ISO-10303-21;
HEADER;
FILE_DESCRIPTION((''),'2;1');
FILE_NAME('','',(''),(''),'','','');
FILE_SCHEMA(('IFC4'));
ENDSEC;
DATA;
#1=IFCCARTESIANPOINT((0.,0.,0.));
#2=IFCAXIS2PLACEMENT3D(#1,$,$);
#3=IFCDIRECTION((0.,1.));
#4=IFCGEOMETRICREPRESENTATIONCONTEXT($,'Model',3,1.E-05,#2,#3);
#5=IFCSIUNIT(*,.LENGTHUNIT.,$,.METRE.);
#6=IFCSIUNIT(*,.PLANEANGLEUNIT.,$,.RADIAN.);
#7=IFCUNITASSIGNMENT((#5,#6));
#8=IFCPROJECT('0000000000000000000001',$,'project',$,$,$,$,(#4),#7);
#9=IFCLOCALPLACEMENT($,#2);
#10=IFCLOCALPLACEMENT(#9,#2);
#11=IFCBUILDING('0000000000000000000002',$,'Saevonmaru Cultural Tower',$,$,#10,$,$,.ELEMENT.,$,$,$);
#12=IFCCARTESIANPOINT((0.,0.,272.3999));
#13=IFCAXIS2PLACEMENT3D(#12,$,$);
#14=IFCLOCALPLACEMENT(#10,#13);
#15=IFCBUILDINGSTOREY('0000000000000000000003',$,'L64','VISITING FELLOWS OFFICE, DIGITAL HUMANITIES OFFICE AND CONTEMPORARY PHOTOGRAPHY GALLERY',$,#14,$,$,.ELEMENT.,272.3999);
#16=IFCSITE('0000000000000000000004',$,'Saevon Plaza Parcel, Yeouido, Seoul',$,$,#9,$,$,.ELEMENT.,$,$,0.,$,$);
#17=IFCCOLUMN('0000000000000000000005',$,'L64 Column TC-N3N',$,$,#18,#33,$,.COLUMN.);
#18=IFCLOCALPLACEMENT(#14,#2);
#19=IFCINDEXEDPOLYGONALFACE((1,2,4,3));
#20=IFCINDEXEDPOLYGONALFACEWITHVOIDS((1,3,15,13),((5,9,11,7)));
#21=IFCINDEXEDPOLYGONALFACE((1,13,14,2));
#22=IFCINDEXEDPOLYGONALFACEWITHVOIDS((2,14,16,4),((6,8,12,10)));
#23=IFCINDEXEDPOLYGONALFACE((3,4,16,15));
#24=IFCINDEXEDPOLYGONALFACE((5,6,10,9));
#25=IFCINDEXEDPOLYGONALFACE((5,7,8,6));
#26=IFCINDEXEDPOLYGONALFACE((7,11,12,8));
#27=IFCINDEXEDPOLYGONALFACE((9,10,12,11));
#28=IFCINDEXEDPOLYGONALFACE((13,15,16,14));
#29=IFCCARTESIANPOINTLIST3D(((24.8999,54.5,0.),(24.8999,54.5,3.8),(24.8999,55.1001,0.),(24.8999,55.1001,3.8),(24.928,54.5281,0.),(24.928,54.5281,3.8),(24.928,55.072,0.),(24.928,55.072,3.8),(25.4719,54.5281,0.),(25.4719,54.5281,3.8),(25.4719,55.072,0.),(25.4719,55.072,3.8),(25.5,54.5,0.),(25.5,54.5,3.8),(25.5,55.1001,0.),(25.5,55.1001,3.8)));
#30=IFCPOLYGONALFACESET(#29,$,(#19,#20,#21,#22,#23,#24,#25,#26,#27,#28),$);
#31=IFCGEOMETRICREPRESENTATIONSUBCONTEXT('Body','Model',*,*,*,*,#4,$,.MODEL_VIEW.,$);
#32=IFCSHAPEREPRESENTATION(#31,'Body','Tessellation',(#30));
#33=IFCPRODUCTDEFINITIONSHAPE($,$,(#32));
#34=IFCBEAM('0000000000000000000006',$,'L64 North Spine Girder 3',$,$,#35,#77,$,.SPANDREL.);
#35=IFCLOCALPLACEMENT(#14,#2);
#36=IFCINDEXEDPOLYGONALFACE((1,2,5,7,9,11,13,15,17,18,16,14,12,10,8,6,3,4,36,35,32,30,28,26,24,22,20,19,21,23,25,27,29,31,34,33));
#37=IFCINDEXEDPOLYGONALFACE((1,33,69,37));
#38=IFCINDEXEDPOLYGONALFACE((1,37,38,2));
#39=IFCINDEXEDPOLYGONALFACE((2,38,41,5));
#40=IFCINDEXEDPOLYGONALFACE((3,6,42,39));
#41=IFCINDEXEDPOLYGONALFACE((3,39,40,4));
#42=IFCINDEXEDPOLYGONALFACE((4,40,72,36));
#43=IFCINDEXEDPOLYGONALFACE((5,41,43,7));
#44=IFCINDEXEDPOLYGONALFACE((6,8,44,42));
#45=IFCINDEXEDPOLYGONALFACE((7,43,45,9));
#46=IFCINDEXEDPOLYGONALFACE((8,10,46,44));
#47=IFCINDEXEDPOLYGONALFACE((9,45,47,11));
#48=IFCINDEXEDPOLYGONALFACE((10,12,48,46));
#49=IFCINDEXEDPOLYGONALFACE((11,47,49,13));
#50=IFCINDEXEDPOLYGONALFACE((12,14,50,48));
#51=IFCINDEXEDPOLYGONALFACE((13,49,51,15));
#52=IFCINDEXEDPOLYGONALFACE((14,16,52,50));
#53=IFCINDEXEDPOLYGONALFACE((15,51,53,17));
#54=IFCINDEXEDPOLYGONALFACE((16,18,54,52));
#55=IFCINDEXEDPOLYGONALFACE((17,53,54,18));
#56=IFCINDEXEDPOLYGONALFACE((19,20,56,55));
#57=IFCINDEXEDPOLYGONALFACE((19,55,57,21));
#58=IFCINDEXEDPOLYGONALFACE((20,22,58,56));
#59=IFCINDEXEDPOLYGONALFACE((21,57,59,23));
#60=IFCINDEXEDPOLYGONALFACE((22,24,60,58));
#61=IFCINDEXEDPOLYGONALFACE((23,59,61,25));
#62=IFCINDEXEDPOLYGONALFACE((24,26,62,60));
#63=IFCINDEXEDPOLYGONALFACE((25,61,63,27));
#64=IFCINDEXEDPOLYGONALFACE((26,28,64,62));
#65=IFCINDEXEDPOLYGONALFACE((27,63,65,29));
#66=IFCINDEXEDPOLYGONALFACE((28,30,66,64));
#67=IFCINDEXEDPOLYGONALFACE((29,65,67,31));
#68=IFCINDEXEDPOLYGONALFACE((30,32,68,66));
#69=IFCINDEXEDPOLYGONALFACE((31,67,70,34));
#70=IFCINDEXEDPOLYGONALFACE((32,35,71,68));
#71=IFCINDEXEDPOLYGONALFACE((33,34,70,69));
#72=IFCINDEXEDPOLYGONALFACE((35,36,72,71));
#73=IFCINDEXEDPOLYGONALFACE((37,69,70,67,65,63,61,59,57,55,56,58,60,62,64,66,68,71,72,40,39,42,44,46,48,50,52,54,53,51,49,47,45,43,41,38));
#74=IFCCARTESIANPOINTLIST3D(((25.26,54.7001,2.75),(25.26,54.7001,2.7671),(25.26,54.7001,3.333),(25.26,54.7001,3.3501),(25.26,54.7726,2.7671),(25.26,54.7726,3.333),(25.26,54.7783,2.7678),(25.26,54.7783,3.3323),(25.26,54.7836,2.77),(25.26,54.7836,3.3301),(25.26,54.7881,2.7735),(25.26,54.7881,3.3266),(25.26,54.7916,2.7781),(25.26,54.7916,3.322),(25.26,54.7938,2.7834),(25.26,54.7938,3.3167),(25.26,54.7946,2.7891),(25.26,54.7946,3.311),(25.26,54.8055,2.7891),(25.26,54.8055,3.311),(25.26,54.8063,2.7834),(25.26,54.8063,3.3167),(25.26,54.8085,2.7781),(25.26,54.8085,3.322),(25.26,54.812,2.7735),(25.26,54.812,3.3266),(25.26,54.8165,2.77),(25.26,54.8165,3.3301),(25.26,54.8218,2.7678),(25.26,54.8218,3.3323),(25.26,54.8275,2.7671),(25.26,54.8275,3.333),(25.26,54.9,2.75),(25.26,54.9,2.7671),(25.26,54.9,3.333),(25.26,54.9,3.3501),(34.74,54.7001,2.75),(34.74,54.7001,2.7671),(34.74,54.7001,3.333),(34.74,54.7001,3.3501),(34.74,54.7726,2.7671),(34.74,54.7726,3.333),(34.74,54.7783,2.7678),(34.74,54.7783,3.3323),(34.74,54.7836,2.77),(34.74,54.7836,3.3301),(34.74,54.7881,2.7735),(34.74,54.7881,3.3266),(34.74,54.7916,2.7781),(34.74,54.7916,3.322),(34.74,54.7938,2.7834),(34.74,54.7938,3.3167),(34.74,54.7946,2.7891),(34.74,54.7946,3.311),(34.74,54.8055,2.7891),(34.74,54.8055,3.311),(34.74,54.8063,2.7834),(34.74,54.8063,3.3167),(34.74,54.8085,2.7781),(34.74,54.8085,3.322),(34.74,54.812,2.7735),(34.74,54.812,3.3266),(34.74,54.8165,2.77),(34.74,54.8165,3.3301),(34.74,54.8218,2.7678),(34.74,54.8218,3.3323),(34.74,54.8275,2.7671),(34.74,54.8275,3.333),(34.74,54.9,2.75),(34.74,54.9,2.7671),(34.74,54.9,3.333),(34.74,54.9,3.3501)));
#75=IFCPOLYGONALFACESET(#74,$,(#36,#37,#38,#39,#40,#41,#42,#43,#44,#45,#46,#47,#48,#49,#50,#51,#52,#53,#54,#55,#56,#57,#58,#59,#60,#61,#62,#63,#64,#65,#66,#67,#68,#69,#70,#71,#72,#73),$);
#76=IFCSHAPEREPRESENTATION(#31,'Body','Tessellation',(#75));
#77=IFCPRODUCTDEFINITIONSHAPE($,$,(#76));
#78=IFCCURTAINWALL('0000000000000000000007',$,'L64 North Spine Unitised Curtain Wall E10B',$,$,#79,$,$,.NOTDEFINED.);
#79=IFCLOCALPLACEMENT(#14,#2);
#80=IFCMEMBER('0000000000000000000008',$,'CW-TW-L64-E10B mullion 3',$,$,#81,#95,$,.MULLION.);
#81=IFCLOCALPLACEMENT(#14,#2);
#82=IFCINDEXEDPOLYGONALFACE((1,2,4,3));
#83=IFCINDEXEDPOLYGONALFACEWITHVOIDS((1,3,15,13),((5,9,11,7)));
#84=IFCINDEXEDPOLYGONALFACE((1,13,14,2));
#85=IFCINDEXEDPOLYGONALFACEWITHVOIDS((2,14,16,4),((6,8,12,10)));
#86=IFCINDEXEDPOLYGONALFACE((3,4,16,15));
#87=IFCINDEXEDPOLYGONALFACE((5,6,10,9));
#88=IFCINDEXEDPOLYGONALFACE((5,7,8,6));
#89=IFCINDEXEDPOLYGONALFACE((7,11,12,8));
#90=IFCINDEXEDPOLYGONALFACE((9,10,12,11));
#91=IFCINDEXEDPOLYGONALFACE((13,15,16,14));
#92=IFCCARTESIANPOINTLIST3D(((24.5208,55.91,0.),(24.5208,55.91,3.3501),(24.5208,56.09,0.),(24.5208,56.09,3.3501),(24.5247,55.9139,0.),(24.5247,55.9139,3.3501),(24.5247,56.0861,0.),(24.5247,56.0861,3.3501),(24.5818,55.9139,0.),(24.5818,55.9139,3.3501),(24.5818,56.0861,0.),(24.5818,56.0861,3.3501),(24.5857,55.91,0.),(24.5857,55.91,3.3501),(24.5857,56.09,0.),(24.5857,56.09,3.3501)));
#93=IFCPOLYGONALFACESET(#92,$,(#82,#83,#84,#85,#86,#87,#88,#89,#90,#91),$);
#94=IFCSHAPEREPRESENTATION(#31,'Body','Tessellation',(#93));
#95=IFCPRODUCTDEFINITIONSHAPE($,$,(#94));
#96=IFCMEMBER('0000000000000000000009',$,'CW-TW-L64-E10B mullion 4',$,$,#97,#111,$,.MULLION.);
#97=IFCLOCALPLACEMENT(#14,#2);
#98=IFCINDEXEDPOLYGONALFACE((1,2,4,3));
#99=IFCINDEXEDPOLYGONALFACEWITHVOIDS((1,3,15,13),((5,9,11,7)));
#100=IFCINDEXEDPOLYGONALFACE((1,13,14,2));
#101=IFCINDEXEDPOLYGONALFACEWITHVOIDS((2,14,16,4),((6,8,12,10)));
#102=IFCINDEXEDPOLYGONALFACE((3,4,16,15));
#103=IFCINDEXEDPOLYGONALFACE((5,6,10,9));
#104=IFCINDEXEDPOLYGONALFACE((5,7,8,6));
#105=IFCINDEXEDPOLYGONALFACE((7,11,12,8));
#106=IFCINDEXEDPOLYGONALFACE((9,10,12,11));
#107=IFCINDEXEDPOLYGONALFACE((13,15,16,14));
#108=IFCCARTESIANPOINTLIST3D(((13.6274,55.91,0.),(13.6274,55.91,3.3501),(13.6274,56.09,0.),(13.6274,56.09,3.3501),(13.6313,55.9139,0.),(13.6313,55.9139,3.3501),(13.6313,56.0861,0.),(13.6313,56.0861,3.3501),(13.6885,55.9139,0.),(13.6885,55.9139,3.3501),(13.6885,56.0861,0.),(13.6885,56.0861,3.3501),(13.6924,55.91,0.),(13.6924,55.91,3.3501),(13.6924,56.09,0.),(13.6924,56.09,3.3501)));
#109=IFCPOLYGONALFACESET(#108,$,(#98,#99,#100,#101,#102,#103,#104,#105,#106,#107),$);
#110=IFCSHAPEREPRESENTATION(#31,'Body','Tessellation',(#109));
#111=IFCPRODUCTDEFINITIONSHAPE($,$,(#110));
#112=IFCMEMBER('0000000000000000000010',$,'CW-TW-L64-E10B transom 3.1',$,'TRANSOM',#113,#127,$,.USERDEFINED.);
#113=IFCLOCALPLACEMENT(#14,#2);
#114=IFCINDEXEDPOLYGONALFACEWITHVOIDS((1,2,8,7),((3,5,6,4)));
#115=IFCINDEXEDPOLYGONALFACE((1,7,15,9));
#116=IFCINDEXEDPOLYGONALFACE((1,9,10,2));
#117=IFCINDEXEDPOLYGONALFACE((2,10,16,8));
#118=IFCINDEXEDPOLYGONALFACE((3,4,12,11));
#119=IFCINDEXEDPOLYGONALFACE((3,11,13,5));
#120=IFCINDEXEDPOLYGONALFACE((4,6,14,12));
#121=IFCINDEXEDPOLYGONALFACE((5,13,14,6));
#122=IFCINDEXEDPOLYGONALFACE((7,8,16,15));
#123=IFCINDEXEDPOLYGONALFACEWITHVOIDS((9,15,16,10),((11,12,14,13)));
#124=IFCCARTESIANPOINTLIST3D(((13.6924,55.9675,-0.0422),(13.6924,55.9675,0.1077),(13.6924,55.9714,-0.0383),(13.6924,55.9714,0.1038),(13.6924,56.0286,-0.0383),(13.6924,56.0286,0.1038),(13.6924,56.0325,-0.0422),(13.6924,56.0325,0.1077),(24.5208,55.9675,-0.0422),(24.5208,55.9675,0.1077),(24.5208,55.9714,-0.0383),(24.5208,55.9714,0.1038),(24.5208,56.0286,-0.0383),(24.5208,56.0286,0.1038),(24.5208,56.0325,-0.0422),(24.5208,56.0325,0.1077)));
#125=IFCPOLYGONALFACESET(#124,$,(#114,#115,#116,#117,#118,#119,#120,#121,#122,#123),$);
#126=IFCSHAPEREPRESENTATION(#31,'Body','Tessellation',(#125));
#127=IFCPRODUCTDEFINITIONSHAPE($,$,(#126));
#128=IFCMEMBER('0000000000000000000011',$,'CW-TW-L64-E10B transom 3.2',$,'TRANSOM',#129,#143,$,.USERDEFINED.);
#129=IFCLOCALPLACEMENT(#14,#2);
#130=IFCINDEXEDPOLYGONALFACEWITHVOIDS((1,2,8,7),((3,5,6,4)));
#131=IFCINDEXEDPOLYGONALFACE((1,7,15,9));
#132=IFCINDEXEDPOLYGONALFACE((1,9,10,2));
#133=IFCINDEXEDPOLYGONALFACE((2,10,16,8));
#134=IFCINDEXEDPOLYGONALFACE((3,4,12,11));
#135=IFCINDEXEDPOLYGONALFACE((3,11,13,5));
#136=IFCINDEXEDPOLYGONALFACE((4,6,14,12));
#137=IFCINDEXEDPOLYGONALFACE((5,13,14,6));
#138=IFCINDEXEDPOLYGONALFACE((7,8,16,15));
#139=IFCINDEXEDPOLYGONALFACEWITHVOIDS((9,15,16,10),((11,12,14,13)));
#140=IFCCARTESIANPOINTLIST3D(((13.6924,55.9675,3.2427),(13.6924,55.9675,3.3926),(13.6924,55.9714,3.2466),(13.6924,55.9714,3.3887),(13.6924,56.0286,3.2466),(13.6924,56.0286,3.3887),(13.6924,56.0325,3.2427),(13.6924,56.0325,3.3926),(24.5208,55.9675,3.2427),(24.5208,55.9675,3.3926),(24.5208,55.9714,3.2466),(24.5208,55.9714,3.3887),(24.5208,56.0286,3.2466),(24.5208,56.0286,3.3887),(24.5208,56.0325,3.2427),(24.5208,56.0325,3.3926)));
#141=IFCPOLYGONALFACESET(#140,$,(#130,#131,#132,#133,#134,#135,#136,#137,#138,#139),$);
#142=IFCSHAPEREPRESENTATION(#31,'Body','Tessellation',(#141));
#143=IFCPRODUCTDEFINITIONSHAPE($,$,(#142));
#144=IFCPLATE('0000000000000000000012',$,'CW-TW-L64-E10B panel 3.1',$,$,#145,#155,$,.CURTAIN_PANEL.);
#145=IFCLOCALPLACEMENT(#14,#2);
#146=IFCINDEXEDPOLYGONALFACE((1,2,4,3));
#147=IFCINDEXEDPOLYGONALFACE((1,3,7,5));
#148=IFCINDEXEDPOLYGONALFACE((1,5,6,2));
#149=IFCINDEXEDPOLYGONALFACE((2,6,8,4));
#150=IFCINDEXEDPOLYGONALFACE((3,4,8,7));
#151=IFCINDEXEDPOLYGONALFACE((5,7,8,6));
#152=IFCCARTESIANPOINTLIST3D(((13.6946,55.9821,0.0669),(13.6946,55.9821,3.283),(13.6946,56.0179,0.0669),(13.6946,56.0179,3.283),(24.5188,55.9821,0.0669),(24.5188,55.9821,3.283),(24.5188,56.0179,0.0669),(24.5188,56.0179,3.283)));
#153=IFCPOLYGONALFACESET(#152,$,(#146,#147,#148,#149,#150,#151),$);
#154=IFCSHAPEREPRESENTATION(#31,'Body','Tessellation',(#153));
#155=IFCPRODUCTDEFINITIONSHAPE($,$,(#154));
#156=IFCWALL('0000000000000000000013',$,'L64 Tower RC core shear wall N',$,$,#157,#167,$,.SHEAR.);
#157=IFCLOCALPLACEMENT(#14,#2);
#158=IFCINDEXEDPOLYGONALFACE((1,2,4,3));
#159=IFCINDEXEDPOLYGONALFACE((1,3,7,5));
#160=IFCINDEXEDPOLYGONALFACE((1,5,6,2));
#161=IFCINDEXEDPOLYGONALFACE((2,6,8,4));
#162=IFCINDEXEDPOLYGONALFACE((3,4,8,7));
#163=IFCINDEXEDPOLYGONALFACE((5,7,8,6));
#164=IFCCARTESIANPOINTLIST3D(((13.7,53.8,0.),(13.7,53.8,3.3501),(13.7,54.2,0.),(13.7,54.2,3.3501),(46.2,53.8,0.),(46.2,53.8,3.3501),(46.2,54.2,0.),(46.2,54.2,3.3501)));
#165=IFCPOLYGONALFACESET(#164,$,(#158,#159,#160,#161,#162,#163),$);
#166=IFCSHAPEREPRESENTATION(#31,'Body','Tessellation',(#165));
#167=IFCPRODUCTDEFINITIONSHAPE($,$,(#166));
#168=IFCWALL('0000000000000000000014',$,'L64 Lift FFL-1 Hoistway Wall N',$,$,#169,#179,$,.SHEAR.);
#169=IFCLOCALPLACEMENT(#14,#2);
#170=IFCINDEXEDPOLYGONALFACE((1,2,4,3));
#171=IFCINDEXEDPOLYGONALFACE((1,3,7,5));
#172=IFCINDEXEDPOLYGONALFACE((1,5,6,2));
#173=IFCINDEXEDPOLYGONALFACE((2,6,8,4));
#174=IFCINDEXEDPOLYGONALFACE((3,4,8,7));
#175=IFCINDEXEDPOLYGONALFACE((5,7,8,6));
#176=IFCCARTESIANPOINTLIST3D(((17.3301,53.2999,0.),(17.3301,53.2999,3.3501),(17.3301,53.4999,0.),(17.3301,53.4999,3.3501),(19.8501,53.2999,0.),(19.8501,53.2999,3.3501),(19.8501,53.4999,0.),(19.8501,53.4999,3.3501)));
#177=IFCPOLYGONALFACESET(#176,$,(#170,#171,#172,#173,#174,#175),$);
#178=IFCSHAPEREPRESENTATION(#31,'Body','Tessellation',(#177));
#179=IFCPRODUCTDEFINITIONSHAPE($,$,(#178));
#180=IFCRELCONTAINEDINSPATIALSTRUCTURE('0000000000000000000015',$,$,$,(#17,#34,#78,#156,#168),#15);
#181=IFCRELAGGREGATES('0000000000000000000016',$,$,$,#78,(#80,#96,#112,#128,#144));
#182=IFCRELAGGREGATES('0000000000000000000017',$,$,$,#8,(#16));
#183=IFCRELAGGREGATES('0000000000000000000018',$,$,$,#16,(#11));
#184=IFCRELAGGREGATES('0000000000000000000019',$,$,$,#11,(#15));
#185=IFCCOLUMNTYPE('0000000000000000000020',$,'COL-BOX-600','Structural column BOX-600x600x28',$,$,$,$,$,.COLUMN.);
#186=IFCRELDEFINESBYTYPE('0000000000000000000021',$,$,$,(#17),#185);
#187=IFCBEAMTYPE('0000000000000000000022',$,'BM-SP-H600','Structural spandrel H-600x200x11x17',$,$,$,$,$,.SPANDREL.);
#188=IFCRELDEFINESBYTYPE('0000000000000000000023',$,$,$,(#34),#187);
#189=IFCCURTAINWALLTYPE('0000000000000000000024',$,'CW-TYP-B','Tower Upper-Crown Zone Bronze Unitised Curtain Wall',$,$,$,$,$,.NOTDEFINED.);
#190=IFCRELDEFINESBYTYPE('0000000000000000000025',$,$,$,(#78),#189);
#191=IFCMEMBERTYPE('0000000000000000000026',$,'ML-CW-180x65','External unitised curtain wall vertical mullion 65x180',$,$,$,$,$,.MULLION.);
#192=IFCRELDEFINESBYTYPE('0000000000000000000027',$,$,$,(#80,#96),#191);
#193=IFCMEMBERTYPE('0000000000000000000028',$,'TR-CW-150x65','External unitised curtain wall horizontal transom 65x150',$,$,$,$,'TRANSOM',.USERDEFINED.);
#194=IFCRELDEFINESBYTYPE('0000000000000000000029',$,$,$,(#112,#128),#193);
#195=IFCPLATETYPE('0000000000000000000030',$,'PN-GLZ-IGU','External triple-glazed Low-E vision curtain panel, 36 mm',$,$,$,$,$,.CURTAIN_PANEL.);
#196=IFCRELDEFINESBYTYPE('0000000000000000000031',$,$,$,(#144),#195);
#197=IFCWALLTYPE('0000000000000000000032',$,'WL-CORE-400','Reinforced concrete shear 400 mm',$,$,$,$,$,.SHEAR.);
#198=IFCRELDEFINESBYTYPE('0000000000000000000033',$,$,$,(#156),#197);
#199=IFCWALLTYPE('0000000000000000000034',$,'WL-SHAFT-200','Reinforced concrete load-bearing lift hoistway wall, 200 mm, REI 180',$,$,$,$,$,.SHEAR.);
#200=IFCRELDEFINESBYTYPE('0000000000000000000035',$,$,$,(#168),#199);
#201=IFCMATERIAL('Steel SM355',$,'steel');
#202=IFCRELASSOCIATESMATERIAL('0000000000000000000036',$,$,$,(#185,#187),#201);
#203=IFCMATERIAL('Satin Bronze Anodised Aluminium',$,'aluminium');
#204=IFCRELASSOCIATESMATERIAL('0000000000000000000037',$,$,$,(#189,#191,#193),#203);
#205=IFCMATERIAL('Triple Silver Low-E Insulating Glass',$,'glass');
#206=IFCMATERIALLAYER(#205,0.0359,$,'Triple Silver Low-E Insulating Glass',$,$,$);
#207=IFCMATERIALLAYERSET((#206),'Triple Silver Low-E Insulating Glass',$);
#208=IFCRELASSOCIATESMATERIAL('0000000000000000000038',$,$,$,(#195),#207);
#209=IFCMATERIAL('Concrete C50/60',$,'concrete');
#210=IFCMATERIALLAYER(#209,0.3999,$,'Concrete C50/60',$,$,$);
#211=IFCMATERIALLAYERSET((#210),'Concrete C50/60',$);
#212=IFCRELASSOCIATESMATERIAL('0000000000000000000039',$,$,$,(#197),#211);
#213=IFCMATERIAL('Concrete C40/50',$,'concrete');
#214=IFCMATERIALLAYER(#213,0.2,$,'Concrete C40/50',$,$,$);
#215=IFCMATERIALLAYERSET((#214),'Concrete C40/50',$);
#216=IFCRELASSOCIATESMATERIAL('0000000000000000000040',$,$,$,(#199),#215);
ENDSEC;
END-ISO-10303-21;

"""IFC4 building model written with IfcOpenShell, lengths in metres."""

from ifc_helpers import new_model, si_unit, direction, frame, frame_2d, origin, origin_2d, place, context, subcontext, project, spatial, rectangle, hollow_rectangle, i_section, extrude, material, layer, layer_set, material_profile, profile_set, type_object, element, aggregate, save


model = new_model("IFC4")

# Units and contexts
model_context = context("Model", 3, precision=1e-05, world=origin(), true_north=direction((0.0, 1.0)))
body_context = subcontext(model_context, "Body", "Model", "MODEL_VIEW")
ifc_project = project(units=[si_unit("LENGTHUNIT", "METRE"), si_unit("PLANEANGLEUNIT", "RADIAN")], contexts=[model_context])

# Site, building, storey
site_placement = place(None, origin())
site = spatial("IfcSite", under=ifc_project, at=site_placement, Name="Saevon Plaza Parcel, Yeouido, Seoul", CompositionType="ELEMENT", RefElevation=0.0)
building_placement = place(site_placement, origin())
building = spatial("IfcBuilding", under=site, at=building_placement, Name="Saevonmaru Cultural Tower", CompositionType="ELEMENT")
storey_placement = place(building_placement, frame((0.0, 0.0, 272.3999)))
storey = spatial("IfcBuildingStorey", under=building, at=storey_placement, Name="L64", Description="VISITING FELLOWS OFFICE, DIGITAL HUMANITIES OFFICE AND CONTEMPORARY PHOTOGRAPHY GALLERY", CompositionType="ELEMENT", Elevation=272.3999)

# Column
ifc_material_1 = material(Name="Steel SM355", Category="steel")
ifc_material_profile_1 = material_profile(ifc_material_1, hollow_rectangle(XDim=0.6001, YDim=0.6001, WallThickness=0.0281, at=origin_2d()), Name="BOX-600x600x28")
ifc_profile_set_1 = profile_set([ifc_material_profile_1], Name="Steel SM355")
column_type = type_object("IfcColumnType", Name="COL-BOX-600", Description="Structural column BOX-600x600x28", PredefinedType="COLUMN", material=ifc_profile_set_1)
column_placement = place(storey_placement, frame((25.2, 54.8, 0.0), z_axis=(0.0, 0.0, 1.0), x_axis=(1.0, 0.0, 0.0)))
element("IfcColumn", 1, at=column_placement, inside=storey, type_object=column_type, Name="L64 Column TC-N3N", PredefinedType="COLUMN", context=body_context, shape_type="SweptSolid", body=[
    extrude(hollow_rectangle(XDim=0.6001, YDim=0.6001, WallThickness=0.0281, at=origin_2d()), origin(), (0.0, 0.0, 1.0), 3.8),
])

# Beam
ifc_material_profile_2 = material_profile(ifc_material_1, i_section(OverallWidth=0.2, OverallDepth=0.6001, WebThickness=0.011, FlangeThickness=0.0171, FilletRadius=0.022, at=origin_2d()), Name="H-600x200x11x17")
ifc_profile_set_2 = profile_set([ifc_material_profile_2], Name="Steel SM355")
beam_type = type_object("IfcBeamType", Name="BM-SP-H600", Description="Structural spandrel H-600x200x11x17", PredefinedType="SPANDREL", material=ifc_profile_set_2)
beam_placement = place(storey_placement, frame((25.26, 54.8, 3.05), z_axis=(1.0, 0.0, 0.0), x_axis=(0.0, 1.0, 0.0)))
element("IfcBeam", 2, at=beam_placement, inside=storey, type_object=beam_type, Name="L64 North Spine Girder 3", PredefinedType="SPANDREL", context=body_context, shape_type="SweptSolid", body=[
    extrude(i_section(OverallWidth=0.2, OverallDepth=0.6001, WebThickness=0.011, FlangeThickness=0.0171, FilletRadius=0.022, at=origin_2d()), origin(), (0.0, 0.0, 1.0), 9.48),
])

# Curtain wall, members, plate
ifc_material_2 = material(Name="Satin Bronze Anodised Aluminium", Category="aluminium")
curtain_wall_type = type_object("IfcCurtainWallType", Name="CW-TYP-B", Description="Tower Upper-Crown Zone Bronze Unitised Curtain Wall", PredefinedType="NOTDEFINED", material=ifc_material_2)
curtain_wall_placement = place(storey_placement, origin())
curtain_wall = element("IfcCurtainWall", 3, at=curtain_wall_placement, inside=storey, type_object=curtain_wall_type, Name="L64 North Spine Unitised Curtain Wall E10B", PredefinedType="NOTDEFINED")
ifc_material_profile_3 = material_profile(ifc_material_2, hollow_rectangle(XDim=0.0649, YDim=0.1799, WallThickness=0.0039, at=origin_2d()), Name="ALU-MULL-180x65x4")
ifc_profile_set_3 = profile_set([ifc_material_profile_3], Name="Satin Bronze Anodised Aluminium")
member_type_1 = type_object("IfcMemberType", Name="ML-CW-180x65", Description="External unitised curtain wall vertical mullion 65x180", PredefinedType="MULLION", material=ifc_profile_set_3)
member_1_placement = place(storey_placement, frame((24.5532, 56.0, 0.0), z_axis=(0.0, 0.0, 1.0), x_axis=(-1.0, 0.0, 0.0)))
member_1 = element("IfcMember", 4, at=member_1_placement, type_object=member_type_1, Name="CW-TW-L64-E10B mullion 3", PredefinedType="MULLION", context=body_context, shape_type="SweptSolid", body=[
    extrude(hollow_rectangle(XDim=0.0649, YDim=0.1799, WallThickness=0.0039, at=origin_2d()), origin(), (0.0, 0.0, 1.0), 3.3501),
])
member_2_placement = place(storey_placement, frame((13.6599, 56.0, 0.0), z_axis=(0.0, 0.0, 1.0), x_axis=(-1.0, 0.0, 0.0)))
member_2 = element("IfcMember", 5, at=member_2_placement, type_object=member_type_1, Name="CW-TW-L64-E10B mullion 4", PredefinedType="MULLION", context=body_context, shape_type="SweptSolid", body=[
    extrude(hollow_rectangle(XDim=0.0649, YDim=0.1799, WallThickness=0.0039, at=origin_2d()), origin(), (0.0, 0.0, 1.0), 3.3501),
])
ifc_material_profile_4 = material_profile(ifc_material_2, hollow_rectangle(XDim=0.0649, YDim=0.1499, WallThickness=0.0039, at=origin_2d()), Name="ALU-TRAN-150x65x4")
ifc_profile_set_4 = profile_set([ifc_material_profile_4], Name="Satin Bronze Anodised Aluminium")
member_type_2 = type_object("IfcMemberType", Name="TR-CW-150x65", Description="External unitised curtain wall horizontal transom 65x150", ElementType="TRANSOM", PredefinedType="USERDEFINED", material=ifc_profile_set_4)
member_3_placement = place(storey_placement, frame((24.5208, 56.0, 0.0327), z_axis=(-1.0, 0.0, 0.0), x_axis=(0.0, -1.0, 0.0)))
member_3 = element("IfcMember", 6, at=member_3_placement, type_object=member_type_2, Name="CW-TW-L64-E10B transom 3.1", ObjectType="TRANSOM", PredefinedType="USERDEFINED", context=body_context, shape_type="SweptSolid", body=[
    extrude(hollow_rectangle(XDim=0.0649, YDim=0.1499, WallThickness=0.0039, at=origin_2d()), origin(), (0.0, 0.0, 1.0), 10.8284),
])
member_4_placement = place(storey_placement, frame((24.5208, 56.0, 3.3176), z_axis=(-1.0, 0.0, 0.0), x_axis=(0.0, -1.0, 0.0)))
member_4 = element("IfcMember", 7, at=member_4_placement, type_object=member_type_2, Name="CW-TW-L64-E10B transom 3.2", ObjectType="TRANSOM", PredefinedType="USERDEFINED", context=body_context, shape_type="SweptSolid", body=[
    extrude(hollow_rectangle(XDim=0.0649, YDim=0.1499, WallThickness=0.0039, at=origin_2d()), origin(), (0.0, 0.0, 1.0), 10.8284),
])
ifc_material_3 = material(Name="Triple Silver Low-E Insulating Glass", Category="glass")
ifc_layer_1 = layer(ifc_material_3, 0.0359, Name="Triple Silver Low-E Insulating Glass")
ifc_layer_set_1 = layer_set([ifc_layer_1], Name="Triple Silver Low-E Insulating Glass")
plate_type = type_object("IfcPlateType", Name="PN-GLZ-IGU", Description="External triple-glazed Low-E vision curtain panel, 36 mm", PredefinedType="CURTAIN_PANEL", material=ifc_layer_set_1)
plate_placement = place(storey_placement, frame((19.1067, 56.0, 0.0669), z_axis=(0.0, 0.0, 1.0), x_axis=(-1.0, 0.0, 0.0)))
plate = element("IfcPlate", 8, at=plate_placement, type_object=plate_type, Name="CW-TW-L64-E10B panel 3.1", PredefinedType="CURTAIN_PANEL", context=body_context, shape_type="SweptSolid", body=[
    extrude(rectangle(XDim=10.8242, YDim=0.0359, at=origin_2d()), origin(), (0.0, 0.0, 1.0), 3.2161),
])
aggregate(curtain_wall, [member_1, member_2, member_3, member_4, plate])

# Walls
ifc_material_4 = material(Name="Concrete C50/60", Category="concrete")
ifc_layer_2 = layer(ifc_material_4, 0.3999, Name="Concrete C50/60")
ifc_layer_set_2 = layer_set([ifc_layer_2], Name="Concrete C50/60")
wall_type_1 = type_object("IfcWallType", Name="WL-CORE-400", Description="Reinforced concrete shear 400 mm", PredefinedType="SHEAR", material=ifc_layer_set_2)
wall_1_placement = place(storey_placement, frame((13.7, 54.0, 0.0), z_axis=(0.0, 0.0, 1.0), x_axis=(1.0, 0.0, 0.0)))
element("IfcWall", 9, at=wall_1_placement, inside=storey, type_object=wall_type_1, Name="L64 Tower RC core shear wall N", PredefinedType="SHEAR", context=body_context, shape_type="SweptSolid", body=[
    extrude(rectangle(XDim=32.5, YDim=0.3999, at=frame_2d((16.25, 0.0))), origin(), (0.0, 0.0, 1.0), 3.3501),
])
ifc_material_5 = material(Name="Concrete C40/50", Category="concrete")
ifc_layer_3 = layer(ifc_material_5, 0.2, Name="Concrete C40/50")
ifc_layer_set_3 = layer_set([ifc_layer_3], Name="Concrete C40/50")
wall_type_2 = type_object("IfcWallType", Name="WL-SHAFT-200", Description="Reinforced concrete load-bearing lift hoistway wall, 200 mm, REI 180", PredefinedType="SHEAR", material=ifc_layer_set_3)
wall_2_placement = place(storey_placement, frame((17.3301, 53.3999, 0.0), z_axis=(0.0, 0.0, 1.0), x_axis=(1.0, 0.0, 0.0)))
element("IfcWall", 10, at=wall_2_placement, inside=storey, type_object=wall_type_2, Name="L64 Lift FFL-1 Hoistway Wall N", PredefinedType="SHEAR", context=body_context, shape_type="SweptSolid", body=[
    extrude(rectangle(XDim=2.52, YDim=0.2, at=frame_2d((1.26, 0.0))), origin(), (0.0, 0.0, 1.0), 3.3501),
])

save(model, "model.ifc")
